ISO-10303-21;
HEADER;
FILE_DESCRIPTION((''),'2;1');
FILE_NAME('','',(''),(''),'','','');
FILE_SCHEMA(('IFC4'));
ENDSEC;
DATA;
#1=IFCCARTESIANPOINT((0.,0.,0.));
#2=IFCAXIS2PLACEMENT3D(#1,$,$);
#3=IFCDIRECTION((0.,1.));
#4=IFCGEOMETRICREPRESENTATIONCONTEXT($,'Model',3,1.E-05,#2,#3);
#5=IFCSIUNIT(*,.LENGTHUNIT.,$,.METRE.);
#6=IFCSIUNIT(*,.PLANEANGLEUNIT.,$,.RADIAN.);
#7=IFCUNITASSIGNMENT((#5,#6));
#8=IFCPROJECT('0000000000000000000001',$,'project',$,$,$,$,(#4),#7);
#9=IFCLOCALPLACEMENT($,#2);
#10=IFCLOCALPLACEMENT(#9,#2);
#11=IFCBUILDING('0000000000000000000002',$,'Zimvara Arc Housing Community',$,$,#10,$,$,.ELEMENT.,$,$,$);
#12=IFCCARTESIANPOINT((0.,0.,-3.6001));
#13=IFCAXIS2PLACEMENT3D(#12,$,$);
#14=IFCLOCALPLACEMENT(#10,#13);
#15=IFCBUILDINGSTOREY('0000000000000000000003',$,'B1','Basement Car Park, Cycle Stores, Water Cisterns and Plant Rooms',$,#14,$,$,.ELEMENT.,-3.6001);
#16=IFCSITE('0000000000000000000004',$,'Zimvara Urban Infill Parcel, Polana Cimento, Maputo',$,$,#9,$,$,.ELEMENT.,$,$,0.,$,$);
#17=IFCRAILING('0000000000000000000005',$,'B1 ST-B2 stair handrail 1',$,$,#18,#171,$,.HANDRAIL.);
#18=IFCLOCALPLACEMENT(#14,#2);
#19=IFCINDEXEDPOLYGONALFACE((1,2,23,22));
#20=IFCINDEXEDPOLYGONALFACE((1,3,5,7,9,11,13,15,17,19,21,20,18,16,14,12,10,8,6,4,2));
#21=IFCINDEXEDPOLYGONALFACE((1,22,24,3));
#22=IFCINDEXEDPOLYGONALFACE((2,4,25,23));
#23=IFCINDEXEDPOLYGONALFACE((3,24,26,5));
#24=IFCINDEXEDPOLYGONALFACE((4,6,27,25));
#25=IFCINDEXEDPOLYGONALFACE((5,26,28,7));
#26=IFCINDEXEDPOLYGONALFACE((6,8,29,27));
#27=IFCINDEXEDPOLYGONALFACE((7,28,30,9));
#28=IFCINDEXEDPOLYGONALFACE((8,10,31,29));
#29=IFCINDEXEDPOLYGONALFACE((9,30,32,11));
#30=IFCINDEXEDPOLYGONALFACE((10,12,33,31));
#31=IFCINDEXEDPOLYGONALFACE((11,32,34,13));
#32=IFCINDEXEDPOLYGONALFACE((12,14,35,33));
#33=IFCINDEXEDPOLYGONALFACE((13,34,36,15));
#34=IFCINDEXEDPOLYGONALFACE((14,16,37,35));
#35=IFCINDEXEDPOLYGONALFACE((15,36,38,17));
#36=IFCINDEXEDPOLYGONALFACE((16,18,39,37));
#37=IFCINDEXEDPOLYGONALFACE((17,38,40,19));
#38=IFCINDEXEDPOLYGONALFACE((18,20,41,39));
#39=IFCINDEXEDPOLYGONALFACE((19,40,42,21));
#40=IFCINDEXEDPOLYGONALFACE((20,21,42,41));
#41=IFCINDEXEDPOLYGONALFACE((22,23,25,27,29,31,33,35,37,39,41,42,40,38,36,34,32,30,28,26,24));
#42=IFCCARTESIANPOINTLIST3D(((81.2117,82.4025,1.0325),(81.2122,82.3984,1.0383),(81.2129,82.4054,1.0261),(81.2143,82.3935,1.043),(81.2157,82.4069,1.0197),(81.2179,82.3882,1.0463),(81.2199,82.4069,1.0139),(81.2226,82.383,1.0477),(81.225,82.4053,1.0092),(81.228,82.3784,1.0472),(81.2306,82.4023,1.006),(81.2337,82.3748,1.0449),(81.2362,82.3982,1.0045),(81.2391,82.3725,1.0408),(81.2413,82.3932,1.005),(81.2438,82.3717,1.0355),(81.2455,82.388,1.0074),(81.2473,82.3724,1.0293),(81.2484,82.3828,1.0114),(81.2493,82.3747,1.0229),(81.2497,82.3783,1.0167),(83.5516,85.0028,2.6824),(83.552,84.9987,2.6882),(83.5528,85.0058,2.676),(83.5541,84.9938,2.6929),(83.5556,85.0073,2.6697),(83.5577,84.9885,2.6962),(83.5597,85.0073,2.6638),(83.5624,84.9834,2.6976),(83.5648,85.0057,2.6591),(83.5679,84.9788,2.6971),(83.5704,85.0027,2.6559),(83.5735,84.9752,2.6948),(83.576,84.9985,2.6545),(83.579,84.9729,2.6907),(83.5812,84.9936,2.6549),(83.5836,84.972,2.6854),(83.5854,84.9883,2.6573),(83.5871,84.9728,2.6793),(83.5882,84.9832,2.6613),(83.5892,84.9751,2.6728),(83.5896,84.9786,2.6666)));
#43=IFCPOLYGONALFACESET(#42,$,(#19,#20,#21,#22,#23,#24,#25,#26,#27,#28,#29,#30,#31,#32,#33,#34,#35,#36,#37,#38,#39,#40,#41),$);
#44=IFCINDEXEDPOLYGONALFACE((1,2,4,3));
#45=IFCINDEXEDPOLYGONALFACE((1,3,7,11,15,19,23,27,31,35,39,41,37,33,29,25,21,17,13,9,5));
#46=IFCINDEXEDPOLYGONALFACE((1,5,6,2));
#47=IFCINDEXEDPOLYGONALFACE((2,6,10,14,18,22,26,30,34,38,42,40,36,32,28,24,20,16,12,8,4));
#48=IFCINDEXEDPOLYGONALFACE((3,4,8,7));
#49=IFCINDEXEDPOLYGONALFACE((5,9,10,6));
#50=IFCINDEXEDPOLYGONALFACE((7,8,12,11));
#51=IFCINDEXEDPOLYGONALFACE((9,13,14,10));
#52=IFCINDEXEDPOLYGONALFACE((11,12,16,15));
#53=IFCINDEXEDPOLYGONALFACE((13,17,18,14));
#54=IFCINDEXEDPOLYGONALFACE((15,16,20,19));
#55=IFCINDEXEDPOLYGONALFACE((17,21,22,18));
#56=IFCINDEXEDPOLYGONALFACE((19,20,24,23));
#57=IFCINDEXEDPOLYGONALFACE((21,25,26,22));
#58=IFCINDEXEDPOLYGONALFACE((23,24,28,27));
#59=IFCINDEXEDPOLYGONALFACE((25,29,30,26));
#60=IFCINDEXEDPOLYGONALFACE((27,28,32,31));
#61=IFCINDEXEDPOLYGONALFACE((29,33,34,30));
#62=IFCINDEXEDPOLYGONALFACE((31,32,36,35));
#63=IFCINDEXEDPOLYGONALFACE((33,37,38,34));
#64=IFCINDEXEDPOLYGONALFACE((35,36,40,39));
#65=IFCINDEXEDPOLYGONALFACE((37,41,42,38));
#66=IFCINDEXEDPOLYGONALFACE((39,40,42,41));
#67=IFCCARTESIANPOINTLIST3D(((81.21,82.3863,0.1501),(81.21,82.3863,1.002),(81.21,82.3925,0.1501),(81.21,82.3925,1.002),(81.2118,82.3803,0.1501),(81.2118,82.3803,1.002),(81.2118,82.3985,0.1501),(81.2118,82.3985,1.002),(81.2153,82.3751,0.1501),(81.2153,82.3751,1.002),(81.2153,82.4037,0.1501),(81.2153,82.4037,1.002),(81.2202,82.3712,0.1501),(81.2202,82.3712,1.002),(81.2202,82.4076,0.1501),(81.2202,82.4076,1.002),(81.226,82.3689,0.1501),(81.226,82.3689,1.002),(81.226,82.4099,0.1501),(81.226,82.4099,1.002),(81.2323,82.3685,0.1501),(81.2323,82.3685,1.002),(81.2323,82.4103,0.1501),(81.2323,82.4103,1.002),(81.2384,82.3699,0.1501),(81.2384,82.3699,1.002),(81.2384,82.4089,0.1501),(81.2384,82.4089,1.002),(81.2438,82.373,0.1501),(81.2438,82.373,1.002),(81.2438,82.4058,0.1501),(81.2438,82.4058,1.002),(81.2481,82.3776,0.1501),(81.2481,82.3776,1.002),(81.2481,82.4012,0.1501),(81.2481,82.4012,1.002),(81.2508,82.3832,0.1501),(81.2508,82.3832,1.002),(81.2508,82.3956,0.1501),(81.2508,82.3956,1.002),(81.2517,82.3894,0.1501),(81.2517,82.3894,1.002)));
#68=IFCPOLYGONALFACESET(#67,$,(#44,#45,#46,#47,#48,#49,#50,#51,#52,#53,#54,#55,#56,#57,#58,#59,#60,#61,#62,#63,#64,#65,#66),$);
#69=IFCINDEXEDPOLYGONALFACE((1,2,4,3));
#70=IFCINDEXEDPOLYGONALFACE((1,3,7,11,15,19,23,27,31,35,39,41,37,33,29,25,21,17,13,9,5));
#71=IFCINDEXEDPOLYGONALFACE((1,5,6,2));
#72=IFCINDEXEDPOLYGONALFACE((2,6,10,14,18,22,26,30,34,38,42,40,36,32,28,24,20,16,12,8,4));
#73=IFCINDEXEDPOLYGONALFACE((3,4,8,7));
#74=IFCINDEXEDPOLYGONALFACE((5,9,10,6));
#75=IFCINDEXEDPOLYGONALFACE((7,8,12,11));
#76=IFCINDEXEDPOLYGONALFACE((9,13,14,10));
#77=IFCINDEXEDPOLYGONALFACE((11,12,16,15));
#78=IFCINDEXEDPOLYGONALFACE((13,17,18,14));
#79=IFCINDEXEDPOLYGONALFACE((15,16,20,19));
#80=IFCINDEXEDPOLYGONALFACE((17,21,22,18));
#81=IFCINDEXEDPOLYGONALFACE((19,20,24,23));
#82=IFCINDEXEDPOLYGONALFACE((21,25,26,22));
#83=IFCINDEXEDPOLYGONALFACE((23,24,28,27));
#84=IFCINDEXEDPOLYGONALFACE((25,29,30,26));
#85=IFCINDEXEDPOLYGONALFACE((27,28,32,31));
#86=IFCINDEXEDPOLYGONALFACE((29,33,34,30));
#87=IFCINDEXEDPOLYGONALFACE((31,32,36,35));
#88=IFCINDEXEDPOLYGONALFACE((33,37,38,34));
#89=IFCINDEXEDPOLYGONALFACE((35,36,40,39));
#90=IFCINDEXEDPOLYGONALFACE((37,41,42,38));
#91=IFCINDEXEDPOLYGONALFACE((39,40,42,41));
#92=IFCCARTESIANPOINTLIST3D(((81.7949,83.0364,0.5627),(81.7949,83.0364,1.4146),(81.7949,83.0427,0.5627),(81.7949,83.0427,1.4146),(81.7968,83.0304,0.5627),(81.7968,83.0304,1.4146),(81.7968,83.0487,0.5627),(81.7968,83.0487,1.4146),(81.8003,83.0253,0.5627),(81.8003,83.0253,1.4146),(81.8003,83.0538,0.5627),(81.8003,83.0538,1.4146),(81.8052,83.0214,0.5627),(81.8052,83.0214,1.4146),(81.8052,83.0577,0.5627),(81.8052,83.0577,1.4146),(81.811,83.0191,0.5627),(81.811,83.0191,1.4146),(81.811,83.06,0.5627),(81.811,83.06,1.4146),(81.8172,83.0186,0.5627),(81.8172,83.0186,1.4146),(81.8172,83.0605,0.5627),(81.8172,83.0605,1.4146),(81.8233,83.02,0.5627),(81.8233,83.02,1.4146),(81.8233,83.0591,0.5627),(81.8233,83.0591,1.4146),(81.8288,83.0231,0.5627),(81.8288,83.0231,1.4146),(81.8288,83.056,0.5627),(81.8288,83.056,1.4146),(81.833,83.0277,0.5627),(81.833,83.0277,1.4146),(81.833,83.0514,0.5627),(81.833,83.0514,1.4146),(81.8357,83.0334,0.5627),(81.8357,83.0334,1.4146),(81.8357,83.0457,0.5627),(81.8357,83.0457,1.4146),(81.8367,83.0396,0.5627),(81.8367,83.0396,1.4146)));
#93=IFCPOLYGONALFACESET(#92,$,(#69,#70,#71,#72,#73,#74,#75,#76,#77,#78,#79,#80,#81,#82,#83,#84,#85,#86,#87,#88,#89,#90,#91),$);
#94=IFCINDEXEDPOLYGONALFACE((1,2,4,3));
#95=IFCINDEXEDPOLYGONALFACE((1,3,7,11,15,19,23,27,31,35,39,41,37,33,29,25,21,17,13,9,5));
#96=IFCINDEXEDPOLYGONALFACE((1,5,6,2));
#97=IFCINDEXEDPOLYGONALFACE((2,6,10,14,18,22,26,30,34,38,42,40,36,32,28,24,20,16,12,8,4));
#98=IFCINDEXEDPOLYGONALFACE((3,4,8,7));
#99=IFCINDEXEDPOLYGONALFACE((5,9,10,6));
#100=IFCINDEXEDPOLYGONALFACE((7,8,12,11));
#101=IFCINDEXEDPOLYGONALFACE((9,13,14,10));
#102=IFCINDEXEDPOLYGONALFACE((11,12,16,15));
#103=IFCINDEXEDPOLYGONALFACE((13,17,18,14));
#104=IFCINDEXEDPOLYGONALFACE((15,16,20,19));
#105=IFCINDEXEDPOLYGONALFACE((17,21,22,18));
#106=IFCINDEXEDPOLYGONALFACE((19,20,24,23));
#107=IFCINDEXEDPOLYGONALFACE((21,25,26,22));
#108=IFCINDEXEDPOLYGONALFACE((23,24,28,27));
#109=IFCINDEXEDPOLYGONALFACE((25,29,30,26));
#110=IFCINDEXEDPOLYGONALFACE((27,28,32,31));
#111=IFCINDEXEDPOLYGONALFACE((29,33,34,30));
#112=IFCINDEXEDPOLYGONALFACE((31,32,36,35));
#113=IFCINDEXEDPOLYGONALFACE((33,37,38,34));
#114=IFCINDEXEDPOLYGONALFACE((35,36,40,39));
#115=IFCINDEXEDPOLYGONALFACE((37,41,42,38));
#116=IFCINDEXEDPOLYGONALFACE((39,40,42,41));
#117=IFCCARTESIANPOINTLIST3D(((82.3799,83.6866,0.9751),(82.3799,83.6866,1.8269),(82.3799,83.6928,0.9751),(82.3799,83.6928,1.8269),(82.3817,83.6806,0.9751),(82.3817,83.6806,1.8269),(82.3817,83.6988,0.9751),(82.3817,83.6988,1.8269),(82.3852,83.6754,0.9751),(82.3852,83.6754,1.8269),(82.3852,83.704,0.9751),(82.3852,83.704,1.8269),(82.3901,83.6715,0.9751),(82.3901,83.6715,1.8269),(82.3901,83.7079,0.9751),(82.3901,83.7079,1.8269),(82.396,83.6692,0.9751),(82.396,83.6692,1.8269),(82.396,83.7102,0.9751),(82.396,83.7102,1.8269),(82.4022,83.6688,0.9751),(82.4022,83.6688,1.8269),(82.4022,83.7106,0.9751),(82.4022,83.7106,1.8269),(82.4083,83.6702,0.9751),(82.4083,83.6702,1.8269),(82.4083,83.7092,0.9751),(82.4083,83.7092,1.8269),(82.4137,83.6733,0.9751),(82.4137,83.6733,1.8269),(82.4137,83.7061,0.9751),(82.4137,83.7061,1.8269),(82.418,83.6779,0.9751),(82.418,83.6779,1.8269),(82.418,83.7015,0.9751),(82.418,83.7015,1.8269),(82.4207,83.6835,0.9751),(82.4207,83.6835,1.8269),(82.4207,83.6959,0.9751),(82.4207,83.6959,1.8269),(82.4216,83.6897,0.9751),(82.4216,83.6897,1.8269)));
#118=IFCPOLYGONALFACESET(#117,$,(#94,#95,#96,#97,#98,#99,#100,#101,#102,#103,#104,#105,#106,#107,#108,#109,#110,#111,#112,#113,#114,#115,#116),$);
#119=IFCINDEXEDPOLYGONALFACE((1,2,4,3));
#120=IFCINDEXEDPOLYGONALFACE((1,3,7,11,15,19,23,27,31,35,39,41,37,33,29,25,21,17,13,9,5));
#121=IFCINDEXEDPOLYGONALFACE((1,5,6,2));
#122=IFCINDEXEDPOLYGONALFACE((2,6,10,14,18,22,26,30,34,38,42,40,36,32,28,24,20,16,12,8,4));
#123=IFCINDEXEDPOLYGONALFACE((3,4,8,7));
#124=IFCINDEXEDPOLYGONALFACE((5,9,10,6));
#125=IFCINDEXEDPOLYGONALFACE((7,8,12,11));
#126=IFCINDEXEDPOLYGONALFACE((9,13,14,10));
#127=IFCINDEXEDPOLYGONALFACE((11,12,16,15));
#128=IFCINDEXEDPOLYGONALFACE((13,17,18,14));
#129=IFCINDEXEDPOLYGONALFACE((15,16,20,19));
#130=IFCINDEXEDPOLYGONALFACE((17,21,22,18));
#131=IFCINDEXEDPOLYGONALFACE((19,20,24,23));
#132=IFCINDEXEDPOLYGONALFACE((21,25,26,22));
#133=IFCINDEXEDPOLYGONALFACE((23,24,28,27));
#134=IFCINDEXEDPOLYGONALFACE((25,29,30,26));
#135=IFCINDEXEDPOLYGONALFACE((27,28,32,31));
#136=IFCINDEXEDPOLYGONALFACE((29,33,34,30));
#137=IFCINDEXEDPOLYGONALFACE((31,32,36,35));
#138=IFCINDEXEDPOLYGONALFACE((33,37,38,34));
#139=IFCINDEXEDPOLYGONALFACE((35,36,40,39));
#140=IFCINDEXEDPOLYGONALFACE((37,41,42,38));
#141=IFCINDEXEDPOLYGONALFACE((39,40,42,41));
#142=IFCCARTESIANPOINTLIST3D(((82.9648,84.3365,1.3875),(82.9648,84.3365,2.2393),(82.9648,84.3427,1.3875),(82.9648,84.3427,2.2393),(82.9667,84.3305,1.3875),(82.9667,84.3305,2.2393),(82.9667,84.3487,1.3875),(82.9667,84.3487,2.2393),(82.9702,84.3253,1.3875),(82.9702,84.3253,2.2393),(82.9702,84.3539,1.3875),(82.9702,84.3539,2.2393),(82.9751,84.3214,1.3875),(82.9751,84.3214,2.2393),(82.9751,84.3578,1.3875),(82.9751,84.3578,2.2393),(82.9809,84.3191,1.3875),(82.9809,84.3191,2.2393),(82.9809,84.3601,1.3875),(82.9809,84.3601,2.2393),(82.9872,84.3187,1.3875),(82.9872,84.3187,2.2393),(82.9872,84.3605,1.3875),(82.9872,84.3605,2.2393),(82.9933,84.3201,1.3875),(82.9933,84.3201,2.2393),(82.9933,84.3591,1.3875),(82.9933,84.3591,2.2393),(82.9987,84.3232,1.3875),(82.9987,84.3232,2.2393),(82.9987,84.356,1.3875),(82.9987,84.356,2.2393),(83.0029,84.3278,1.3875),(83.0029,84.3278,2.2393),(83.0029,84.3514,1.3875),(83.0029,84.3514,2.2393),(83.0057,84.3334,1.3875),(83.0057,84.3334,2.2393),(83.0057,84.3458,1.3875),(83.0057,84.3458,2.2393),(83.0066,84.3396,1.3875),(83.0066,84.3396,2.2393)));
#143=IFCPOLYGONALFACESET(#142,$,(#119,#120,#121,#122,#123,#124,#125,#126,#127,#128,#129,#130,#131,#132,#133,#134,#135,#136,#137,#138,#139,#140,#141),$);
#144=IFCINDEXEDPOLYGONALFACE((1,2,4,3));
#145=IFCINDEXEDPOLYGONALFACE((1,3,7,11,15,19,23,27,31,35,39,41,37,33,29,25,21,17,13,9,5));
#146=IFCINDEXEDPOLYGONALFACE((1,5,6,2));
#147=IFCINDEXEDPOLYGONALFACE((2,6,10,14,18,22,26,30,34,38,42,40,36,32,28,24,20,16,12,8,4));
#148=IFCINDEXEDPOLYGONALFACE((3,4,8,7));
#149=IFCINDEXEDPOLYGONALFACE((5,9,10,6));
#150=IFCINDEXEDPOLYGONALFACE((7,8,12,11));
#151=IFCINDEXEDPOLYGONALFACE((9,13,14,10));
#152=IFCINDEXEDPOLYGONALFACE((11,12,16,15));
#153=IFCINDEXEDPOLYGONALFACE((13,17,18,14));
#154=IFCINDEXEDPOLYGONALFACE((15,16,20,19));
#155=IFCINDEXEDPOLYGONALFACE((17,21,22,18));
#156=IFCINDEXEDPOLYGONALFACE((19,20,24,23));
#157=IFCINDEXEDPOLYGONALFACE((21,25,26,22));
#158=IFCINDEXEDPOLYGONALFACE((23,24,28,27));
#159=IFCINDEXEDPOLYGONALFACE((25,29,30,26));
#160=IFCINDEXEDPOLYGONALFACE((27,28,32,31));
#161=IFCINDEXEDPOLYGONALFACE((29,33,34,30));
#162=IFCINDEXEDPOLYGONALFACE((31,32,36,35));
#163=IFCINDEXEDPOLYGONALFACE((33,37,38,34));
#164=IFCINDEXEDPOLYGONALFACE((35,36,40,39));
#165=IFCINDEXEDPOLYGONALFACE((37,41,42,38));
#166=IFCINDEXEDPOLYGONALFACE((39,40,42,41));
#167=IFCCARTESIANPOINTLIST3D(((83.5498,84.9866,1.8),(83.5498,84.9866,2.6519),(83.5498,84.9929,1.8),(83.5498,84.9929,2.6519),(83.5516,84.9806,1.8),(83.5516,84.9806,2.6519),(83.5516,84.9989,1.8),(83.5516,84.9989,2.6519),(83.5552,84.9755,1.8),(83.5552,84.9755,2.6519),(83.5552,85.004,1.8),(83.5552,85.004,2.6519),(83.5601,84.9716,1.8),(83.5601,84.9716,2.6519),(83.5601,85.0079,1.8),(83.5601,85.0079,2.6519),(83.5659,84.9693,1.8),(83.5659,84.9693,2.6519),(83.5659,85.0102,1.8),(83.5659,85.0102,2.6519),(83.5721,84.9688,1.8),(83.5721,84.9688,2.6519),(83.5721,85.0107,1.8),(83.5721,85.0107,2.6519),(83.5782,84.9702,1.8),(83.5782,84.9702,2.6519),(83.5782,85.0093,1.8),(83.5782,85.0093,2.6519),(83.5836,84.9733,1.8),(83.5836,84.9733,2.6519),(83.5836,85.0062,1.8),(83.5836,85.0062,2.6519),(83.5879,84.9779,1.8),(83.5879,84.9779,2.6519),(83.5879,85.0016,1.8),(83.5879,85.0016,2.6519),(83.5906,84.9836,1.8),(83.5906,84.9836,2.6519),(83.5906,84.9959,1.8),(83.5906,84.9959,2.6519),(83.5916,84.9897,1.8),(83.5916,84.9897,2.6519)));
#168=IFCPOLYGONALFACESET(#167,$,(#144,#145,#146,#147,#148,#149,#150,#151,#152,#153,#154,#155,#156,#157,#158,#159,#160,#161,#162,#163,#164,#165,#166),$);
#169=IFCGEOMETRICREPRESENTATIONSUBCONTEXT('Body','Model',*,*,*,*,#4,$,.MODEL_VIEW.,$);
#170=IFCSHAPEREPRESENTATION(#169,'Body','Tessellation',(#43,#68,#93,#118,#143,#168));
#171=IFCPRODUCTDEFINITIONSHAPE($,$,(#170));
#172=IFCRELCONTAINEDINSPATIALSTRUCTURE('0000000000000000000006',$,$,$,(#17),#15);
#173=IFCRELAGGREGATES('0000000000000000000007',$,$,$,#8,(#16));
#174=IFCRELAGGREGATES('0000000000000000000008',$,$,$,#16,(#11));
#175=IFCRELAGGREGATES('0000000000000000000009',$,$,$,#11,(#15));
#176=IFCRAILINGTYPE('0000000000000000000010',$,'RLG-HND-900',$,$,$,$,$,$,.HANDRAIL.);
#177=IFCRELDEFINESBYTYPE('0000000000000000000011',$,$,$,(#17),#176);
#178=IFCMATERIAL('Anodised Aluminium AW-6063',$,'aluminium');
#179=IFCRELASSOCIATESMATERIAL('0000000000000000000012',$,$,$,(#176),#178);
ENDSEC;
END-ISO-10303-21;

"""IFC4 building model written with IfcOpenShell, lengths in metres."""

from ifc_helpers import new_model, si_unit, direction, frame, origin, origin_2d, place, context, subcontext, project, spatial, circle, extrude, material, type_object, element, save


model = new_model("IFC4")

# Units and contexts
model_context = context("Model", 3, precision=1e-05, world=origin(), true_north=direction((0.0, 1.0)))
body_context = subcontext(model_context, "Body", "Model", "MODEL_VIEW")
ifc_project = project(units=[si_unit("LENGTHUNIT", "METRE"), si_unit("PLANEANGLEUNIT", "RADIAN")], contexts=[model_context])

# Site, building, storey
site_placement = place(None, origin())
site = spatial("IfcSite", under=ifc_project, at=site_placement, Name="Zimvara Urban Infill Parcel, Polana Cimento, Maputo", CompositionType="ELEMENT", RefElevation=0.0)
building_placement = place(site_placement, origin())
building = spatial("IfcBuilding", under=site, at=building_placement, Name="Zimvara Arc Housing Community", CompositionType="ELEMENT")
storey_placement = place(building_placement, frame((0.0, 0.0, -3.6001)))
storey = spatial("IfcBuildingStorey", under=building, at=storey_placement, Name="B1", Description="Basement Car Park, Cycle Stores, Water Cisterns and Plant Rooms", CompositionType="ELEMENT", Elevation=-3.6001)

# Railing
ifc_material_1 = material(Name="Anodised Aluminium AW-6063", Category="aluminium")
railing_type = type_object("IfcRailingType", Name="RLG-HND-900", PredefinedType="HANDRAIL", material=ifc_material_1)
railing_placement = place(storey_placement, frame((81.2307, 82.3894, 0.1501)))
element("IfcRailing", 1, at=railing_placement, inside=storey, type_object=railing_type, Name="B1 ST-B2 stair handrail 1", PredefinedType="HANDRAIL", context=body_context, shape_type="SweptSolid", body=[
    extrude(circle(Radius=0.0239, at=origin_2d()), frame((0.0, 0.0, 0.876), z_axis=(0.604976, 0.672329, 0.426589), x_axis=(-0.74336, 0.668891, 0.0)), (0.0, 0.0, 1.0), 3.8677),
    extrude(circle(Radius=0.021, at=origin_2d()), origin(), (0.0, 0.0, 1.0), 0.8518),
    extrude(circle(Radius=0.021, at=origin_2d()), frame((0.585, 0.6501, 0.4126)), (0.0, 0.0, 1.0), 0.8518),
    extrude(circle(Radius=0.021, at=origin_2d()), frame((1.1699, 1.3003, 0.825)), (0.0, 0.0, 1.0), 0.8518),
    extrude(circle(Radius=0.021, at=origin_2d()), frame((1.7549, 1.9502, 1.2373)), (0.0, 0.0, 1.0), 0.8518),
    extrude(circle(Radius=0.021, at=origin_2d()), frame((2.3398, 2.6003, 1.6499)), (0.0, 0.0, 1.0), 0.8518),
])

save(model, "model.ifc")
